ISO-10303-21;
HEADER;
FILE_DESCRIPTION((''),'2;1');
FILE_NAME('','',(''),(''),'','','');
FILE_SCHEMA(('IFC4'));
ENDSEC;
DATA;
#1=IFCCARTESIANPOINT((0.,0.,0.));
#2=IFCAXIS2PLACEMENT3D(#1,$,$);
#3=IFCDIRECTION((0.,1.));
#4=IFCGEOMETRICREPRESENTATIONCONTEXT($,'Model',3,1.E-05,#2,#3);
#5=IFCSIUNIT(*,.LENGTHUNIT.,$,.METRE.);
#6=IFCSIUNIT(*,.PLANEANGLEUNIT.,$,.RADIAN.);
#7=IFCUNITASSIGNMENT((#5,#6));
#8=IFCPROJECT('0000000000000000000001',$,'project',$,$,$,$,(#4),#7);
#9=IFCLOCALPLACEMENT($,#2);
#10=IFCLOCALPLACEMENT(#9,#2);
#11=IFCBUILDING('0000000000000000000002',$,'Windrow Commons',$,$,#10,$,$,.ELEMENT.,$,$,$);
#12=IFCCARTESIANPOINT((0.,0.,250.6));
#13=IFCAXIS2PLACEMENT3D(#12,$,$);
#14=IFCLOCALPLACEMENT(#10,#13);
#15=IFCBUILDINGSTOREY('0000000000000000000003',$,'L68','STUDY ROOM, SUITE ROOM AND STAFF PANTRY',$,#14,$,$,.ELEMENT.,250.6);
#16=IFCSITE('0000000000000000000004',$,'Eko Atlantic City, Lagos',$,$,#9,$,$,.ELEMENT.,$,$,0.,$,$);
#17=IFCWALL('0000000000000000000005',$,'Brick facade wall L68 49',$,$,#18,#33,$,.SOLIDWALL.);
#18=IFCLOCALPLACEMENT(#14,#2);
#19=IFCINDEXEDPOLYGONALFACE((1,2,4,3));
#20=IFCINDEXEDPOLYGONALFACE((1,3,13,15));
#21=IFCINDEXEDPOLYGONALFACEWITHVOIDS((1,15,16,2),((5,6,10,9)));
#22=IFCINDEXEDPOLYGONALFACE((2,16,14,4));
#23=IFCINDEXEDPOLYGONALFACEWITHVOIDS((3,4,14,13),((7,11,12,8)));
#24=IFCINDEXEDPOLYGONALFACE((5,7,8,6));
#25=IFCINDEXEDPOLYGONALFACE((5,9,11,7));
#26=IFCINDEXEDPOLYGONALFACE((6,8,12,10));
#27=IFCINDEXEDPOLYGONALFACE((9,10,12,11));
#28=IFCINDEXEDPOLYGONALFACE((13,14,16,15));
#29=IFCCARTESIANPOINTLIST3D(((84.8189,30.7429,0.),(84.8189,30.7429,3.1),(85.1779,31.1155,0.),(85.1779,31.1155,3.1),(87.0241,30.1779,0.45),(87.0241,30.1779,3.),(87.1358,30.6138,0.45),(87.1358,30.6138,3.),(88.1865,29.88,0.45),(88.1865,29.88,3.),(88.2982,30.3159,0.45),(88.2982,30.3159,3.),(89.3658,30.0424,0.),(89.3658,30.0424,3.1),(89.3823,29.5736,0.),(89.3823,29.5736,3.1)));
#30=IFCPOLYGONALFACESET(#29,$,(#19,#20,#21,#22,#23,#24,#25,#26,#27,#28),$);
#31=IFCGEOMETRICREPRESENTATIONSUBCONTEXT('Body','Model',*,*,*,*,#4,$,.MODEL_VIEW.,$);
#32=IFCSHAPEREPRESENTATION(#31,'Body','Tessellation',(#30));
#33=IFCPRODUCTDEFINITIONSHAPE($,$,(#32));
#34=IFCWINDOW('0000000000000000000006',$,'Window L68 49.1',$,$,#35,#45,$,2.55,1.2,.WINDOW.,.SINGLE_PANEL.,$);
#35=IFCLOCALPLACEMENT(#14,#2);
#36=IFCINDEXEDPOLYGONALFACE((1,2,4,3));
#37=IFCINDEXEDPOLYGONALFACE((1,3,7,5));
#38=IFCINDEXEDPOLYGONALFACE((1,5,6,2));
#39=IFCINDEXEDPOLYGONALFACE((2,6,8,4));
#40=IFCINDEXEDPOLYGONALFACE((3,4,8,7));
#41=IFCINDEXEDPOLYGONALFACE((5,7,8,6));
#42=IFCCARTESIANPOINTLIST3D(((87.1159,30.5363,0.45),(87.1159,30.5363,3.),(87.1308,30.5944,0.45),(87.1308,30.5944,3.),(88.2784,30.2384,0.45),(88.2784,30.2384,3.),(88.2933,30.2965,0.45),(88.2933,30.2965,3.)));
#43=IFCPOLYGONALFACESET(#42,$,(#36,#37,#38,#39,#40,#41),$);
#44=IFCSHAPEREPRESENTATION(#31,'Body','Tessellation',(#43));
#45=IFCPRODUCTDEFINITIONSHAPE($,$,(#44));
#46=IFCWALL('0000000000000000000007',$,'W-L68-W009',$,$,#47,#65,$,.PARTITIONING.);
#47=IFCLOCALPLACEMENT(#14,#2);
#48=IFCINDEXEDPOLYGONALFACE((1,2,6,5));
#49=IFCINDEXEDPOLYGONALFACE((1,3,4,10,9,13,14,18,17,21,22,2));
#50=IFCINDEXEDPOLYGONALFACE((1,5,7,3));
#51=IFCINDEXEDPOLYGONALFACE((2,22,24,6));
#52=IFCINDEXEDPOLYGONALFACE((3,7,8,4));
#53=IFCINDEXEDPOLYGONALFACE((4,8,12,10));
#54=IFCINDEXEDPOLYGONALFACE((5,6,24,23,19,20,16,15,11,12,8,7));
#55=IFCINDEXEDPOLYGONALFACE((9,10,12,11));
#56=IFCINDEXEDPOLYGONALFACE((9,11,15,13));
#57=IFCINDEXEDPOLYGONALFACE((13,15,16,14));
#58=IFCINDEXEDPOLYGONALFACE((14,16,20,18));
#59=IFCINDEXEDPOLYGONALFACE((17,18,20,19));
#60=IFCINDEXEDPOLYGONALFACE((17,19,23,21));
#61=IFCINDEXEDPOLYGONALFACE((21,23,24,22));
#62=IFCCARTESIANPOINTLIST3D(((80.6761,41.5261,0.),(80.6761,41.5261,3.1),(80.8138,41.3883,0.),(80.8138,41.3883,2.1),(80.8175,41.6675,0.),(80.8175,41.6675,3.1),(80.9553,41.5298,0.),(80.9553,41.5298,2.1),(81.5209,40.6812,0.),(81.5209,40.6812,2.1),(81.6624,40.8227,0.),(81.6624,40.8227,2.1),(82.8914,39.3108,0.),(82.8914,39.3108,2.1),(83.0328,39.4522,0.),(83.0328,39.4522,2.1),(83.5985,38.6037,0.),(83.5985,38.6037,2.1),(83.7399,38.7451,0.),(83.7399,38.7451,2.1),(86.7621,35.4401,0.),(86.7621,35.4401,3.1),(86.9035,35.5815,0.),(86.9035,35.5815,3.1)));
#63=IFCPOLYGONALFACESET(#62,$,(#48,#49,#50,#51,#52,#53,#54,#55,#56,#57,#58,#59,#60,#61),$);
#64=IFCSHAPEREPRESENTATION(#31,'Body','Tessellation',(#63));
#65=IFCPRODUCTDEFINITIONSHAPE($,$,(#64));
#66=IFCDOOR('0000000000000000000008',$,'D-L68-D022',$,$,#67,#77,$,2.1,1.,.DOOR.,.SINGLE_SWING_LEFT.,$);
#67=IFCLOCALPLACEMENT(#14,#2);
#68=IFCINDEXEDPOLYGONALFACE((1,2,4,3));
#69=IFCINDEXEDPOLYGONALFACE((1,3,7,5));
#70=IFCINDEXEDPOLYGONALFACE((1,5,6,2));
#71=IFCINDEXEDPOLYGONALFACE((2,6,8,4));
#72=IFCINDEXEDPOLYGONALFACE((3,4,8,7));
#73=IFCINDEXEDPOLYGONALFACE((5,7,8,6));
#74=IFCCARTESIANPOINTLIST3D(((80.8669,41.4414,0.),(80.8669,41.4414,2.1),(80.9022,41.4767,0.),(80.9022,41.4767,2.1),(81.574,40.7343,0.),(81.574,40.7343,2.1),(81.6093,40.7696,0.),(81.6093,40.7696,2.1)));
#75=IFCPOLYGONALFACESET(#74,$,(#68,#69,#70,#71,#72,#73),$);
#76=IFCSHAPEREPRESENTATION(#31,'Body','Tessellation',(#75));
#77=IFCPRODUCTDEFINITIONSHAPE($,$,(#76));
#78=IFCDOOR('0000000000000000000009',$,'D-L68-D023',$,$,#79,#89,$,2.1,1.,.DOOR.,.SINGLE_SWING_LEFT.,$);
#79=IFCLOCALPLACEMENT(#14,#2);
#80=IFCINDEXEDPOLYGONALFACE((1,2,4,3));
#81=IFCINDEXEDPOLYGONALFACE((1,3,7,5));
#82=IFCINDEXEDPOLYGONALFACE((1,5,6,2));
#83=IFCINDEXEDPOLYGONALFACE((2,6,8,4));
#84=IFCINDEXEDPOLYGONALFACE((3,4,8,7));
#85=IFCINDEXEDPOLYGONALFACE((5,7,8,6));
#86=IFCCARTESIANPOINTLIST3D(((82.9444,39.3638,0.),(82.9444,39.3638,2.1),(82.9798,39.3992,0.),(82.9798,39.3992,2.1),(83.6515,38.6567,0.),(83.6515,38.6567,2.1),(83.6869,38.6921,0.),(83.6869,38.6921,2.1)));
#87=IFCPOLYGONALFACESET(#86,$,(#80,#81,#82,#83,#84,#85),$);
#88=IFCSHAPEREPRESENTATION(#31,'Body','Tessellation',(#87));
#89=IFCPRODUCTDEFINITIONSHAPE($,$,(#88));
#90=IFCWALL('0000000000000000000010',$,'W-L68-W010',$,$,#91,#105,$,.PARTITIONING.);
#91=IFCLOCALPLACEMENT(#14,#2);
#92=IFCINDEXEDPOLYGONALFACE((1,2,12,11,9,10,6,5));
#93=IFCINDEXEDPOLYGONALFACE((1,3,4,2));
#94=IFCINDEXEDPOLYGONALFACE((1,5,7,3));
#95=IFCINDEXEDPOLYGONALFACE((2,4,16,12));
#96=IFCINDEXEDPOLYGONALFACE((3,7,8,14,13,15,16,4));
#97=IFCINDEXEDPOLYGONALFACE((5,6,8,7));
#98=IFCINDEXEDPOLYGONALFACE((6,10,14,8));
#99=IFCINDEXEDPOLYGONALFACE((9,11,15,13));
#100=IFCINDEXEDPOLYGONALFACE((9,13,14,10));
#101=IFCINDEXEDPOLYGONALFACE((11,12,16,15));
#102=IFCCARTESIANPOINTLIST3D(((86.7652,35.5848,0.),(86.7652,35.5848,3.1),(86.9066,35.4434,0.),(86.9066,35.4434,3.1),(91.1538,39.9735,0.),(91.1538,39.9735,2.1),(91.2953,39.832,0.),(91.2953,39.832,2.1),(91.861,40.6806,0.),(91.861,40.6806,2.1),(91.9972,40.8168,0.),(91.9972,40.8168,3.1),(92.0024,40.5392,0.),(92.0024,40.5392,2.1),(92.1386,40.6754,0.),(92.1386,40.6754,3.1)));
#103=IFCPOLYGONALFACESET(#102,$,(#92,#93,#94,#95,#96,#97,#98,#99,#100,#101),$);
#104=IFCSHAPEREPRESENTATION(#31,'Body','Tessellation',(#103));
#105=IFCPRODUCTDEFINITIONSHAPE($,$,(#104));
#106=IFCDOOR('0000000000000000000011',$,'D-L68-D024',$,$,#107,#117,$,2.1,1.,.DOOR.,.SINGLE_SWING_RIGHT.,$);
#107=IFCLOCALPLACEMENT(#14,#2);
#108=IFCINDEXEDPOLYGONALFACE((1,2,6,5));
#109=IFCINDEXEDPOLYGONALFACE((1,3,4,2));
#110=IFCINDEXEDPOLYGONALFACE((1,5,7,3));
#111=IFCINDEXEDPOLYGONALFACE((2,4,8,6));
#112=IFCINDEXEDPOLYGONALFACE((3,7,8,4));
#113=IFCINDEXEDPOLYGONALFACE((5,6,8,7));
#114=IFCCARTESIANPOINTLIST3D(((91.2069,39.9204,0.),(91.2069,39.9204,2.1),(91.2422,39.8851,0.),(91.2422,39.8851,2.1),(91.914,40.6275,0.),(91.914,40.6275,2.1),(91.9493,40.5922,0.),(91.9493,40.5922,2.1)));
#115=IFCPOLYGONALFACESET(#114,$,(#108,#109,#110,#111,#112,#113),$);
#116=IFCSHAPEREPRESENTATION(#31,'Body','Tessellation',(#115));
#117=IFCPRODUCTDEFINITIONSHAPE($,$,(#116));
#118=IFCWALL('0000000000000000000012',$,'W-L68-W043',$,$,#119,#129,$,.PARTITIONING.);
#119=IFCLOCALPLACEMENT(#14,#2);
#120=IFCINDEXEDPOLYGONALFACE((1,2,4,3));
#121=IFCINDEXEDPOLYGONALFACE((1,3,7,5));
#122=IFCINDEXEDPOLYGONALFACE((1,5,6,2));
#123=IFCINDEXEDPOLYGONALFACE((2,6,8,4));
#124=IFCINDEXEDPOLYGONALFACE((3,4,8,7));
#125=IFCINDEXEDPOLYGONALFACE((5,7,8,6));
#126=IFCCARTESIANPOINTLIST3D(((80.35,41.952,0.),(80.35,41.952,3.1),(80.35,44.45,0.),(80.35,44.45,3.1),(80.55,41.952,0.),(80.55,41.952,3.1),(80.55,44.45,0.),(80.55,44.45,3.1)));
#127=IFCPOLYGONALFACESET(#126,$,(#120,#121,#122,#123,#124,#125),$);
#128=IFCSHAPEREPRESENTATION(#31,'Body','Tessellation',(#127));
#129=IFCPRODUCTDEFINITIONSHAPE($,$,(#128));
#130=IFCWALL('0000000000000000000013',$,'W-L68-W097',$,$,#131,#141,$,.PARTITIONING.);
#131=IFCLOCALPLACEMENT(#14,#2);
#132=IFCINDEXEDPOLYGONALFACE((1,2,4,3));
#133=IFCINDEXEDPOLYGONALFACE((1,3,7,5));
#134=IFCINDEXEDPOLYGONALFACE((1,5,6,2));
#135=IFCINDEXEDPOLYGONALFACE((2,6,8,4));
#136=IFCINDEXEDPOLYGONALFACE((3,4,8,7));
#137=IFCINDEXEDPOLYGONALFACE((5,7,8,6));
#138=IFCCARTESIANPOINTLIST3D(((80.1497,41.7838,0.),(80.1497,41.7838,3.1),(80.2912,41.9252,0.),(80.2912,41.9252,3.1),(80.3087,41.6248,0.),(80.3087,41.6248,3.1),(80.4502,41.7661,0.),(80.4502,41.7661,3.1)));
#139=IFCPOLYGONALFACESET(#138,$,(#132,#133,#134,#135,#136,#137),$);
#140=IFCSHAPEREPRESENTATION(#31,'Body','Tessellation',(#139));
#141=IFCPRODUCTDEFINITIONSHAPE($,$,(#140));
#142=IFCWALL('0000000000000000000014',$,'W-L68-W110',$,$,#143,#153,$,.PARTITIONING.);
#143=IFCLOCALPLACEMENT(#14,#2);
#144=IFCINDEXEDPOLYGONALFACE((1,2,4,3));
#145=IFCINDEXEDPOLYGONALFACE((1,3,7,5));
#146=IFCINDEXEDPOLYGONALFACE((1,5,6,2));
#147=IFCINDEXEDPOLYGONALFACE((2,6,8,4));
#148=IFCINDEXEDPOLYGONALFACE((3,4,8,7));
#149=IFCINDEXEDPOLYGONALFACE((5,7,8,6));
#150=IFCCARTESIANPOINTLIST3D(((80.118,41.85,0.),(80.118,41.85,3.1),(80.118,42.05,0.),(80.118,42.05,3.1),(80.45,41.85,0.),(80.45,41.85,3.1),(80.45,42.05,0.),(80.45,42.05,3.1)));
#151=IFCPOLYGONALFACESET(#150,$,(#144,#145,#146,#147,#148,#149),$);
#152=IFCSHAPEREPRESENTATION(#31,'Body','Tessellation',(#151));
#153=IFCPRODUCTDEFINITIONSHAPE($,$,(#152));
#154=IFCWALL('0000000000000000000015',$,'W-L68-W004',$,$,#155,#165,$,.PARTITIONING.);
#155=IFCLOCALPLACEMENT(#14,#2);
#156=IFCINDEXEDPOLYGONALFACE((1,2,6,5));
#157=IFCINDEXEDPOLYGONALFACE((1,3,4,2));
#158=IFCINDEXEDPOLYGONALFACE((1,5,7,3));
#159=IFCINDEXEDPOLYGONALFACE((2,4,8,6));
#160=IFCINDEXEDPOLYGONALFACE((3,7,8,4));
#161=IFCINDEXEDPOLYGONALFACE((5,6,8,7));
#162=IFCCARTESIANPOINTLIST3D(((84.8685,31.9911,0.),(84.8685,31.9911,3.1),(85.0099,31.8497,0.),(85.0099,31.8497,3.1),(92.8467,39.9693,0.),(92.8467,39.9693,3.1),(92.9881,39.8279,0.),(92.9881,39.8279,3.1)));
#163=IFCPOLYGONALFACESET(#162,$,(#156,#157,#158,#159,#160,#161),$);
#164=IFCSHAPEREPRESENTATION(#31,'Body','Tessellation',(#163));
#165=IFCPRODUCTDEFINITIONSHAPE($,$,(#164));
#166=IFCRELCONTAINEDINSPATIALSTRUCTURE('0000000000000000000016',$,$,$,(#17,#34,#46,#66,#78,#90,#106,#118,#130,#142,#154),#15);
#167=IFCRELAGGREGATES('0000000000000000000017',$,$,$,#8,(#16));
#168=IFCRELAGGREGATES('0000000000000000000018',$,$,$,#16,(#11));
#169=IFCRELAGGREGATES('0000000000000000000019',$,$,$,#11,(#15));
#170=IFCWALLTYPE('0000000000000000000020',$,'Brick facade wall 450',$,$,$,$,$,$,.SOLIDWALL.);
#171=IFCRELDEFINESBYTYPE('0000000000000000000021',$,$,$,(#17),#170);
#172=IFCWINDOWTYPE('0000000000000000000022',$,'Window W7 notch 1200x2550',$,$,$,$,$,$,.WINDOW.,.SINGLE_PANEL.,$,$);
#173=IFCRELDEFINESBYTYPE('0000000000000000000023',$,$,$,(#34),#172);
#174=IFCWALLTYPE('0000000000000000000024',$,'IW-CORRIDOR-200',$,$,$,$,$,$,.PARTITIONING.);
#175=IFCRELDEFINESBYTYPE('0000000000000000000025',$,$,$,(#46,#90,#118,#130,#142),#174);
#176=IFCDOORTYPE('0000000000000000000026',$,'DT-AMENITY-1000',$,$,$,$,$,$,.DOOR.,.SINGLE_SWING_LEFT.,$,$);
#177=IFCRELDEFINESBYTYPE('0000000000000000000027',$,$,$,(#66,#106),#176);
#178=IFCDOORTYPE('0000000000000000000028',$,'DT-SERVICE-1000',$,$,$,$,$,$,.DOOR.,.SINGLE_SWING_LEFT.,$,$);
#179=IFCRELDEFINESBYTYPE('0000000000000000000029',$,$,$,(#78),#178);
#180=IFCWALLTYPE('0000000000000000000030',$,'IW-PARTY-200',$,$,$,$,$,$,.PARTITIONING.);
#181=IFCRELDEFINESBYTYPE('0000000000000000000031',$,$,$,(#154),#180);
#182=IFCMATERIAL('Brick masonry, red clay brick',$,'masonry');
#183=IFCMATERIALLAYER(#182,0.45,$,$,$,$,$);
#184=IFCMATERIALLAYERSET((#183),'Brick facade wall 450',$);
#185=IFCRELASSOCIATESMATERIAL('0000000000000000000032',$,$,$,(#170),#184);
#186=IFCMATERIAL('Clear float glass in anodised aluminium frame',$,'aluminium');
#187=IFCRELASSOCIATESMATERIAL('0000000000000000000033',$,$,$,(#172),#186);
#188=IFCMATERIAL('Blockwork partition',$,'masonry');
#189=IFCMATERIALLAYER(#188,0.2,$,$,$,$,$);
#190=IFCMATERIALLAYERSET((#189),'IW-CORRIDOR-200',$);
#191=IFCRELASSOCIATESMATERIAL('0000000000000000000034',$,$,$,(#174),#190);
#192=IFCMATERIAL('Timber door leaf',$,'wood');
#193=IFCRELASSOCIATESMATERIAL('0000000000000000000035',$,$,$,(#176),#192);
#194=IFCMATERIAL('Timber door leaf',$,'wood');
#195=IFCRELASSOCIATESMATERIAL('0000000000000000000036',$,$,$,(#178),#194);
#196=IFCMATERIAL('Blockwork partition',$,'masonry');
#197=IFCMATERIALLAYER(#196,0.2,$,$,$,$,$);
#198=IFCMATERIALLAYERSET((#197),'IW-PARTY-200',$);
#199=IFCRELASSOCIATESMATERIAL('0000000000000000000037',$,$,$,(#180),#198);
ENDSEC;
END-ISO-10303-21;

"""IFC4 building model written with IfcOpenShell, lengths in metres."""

from ifc_helpers import new_model, si_unit, direction, frame, frame_2d, origin, place, context, subcontext, project, spatial, polyline, rectangle, outline, extrude, material, layer, layer_set, type_object, element, fill, save


model = new_model("IFC4")

# Units and contexts
model_context = context("Model", 3, precision=1e-05, world=origin(), true_north=direction((0.0, 1.0)))
body_context = subcontext(model_context, "Body", "Model", "MODEL_VIEW")
ifc_project = project(units=[si_unit("LENGTHUNIT", "METRE"), si_unit("PLANEANGLEUNIT", "RADIAN")], contexts=[model_context])

# Site, building, storey
site_placement = place(None, origin())
site = spatial("IfcSite", under=ifc_project, at=site_placement, Name="Eko Atlantic City, Lagos", CompositionType="ELEMENT", RefElevation=0.0)
building_placement = place(site_placement, origin())
building = spatial("IfcBuilding", under=site, at=building_placement, Name="Windrow Commons", CompositionType="ELEMENT")
storey_placement = place(building_placement, frame((0.0, 0.0, 250.6)))
storey = spatial("IfcBuildingStorey", under=building, at=storey_placement, Name="L68", Description="STUDY ROOM, SUITE ROOM AND STAFF PANTRY", CompositionType="ELEMENT", Elevation=250.6)

# Shared definitions
ifc_material_1 = material(Name="Brick masonry, red clay brick", Category="masonry")
ifc_layer_1 = layer(ifc_material_1, 0.45)
ifc_layer_set_1 = layer_set([ifc_layer_1], Name="Brick facade wall 450")
wall_type_1 = type_object("IfcWallType", Name="Brick facade wall 450", PredefinedType="SOLIDWALL", material=ifc_layer_set_1)
ifc_material_2 = material(Name="Clear float glass in anodised aluminium frame", Category="aluminium")
window_type_1 = type_object("IfcWindowType", Name="Window W7 notch 1200x2550", PartitioningType="SINGLE_PANEL", PredefinedType="WINDOW", material=ifc_material_2)

# Wall, opening, window
wall_1_placement = place(storey_placement, frame((84.9984, 30.9292, 0.0), z_axis=(0.0, 0.0, 1.0), x_axis=(0.968704, -0.24822, 0.0)))
wall_1 = element("IfcWall", 1, at=wall_1_placement, inside=storey, type_object=wall_type_1, Name="Brick facade wall L68 49", PredefinedType="SOLIDWALL", context=body_context, shape_type="SweptSolid", body=[
    extrude(outline(polyline([(-0.1276, -0.225), (4.5832, -0.225), (4.4508, 0.225), (0.1276, 0.225), (-0.1276, -0.225)])), origin(), (0.0, 0.0, 1.0), 3.1),
])
opening_1_placement = place(wall_1_placement, frame((2.1488, 0.0, 0.45)))
opening_1 = element("IfcOpeningElement", 2, at=opening_1_placement, cuts=wall_1, PredefinedType="OPENING", context=body_context, shape_type="SweptSolid", body=[
    extrude(rectangle(XDim=1.2, YDim=2.55, at=frame_2d((0.6, 1.275))), frame((0.0, 0.235, 0.0), z_axis=(0.0, -1.0, 0.0), x_axis=(1.0, 0.0, 0.0)), (0.0, 0.0, 1.0), 0.47),
])
window_1_placement = place(opening_1_placement, origin())
window_1 = element("IfcWindow", 3, at=window_1_placement, inside=storey, type_object=window_type_1, Name="Window L68 49.1", OverallHeight=2.55, OverallWidth=1.2, PartitioningType="SINGLE_PANEL", PredefinedType="WINDOW", context=body_context, shape_type="SweptSolid", body=[
    extrude(rectangle(XDim=1.2, YDim=2.55, at=frame_2d((0.6, 1.275))), frame((0.0, 0.205, 0.0), z_axis=(0.0, -1.0, 0.0), x_axis=(1.0, 0.0, 0.0)), (0.0, 0.0, 1.0), 0.06),
])
fill(opening_1, window_1)

# Wall, openings, doors
ifc_material_3 = material(Name="Blockwork partition", Category="masonry")
ifc_layer_2 = layer(ifc_material_3, 0.2)
ifc_layer_set_2 = layer_set([ifc_layer_2], Name="IW-CORRIDOR-200")
wall_type_2 = type_object("IfcWallType", Name="IW-CORRIDOR-200", PredefinedType="PARTITIONING", material=ifc_layer_set_2)
wall_2_placement = place(storey_placement, frame((80.7468, 41.5968, 0.0), z_axis=(0.0, 0.0, 1.0), x_axis=(0.707107, -0.707107, 0.0)))
wall_2 = element("IfcWall", 4, at=wall_2_placement, inside=storey, type_object=wall_type_2, Name="W-L68-W009", PredefinedType="PARTITIONING", context=body_context, shape_type="SweptSolid", body=[
    extrude(rectangle(XDim=8.6069, YDim=0.2, at=frame_2d((4.3034, 0.0))), origin(), (0.0, 0.0, 1.0), 3.1),
])
opening_2_placement = place(wall_2_placement, frame((0.1948, 0.0, 0.0)))
opening_2 = element("IfcOpeningElement", 5, at=opening_2_placement, cuts=wall_2, PredefinedType="OPENING", context=body_context, shape_type="SweptSolid", body=[
    extrude(rectangle(XDim=1.0, YDim=2.1, at=frame_2d((0.5, 1.05))), frame((0.0, 0.11, 0.0), z_axis=(0.0, -1.0, 0.0), x_axis=(1.0, 0.0, 0.0)), (0.0, 0.0, 1.0), 0.22),
])
opening_3_placement = place(wall_2_placement, frame((3.1329, 0.0, 0.0)))
opening_3 = element("IfcOpeningElement", 6, at=opening_3_placement, cuts=wall_2, PredefinedType="OPENING", context=body_context, shape_type="SweptSolid", body=[
    extrude(rectangle(XDim=1.0, YDim=2.1, at=frame_2d((0.5, 1.05))), frame((0.0, 0.11, 0.0), z_axis=(0.0, -1.0, 0.0), x_axis=(1.0, 0.0, 0.0)), (0.0, 0.0, 1.0), 0.22),
])
ifc_material_4 = material(Name="Timber door leaf", Category="wood")
door_type_1 = type_object("IfcDoorType", Name="DT-AMENITY-1000", OperationType="SINGLE_SWING_LEFT", PredefinedType="DOOR", material=ifc_material_4)
door_1_placement = place(opening_2_placement, origin())
door_1 = element("IfcDoor", 7, at=door_1_placement, inside=storey, type_object=door_type_1, Name="D-L68-D022", OperationType="SINGLE_SWING_LEFT", OverallHeight=2.1, OverallWidth=1.0, PredefinedType="DOOR", context=body_context, shape_type="SweptSolid", body=[
    extrude(rectangle(XDim=1.0, YDim=2.1, at=frame_2d((0.5, 1.05))), frame((0.0, 0.025, 0.0), z_axis=(0.0, -1.0, 0.0), x_axis=(1.0, 0.0, 0.0)), (0.0, 0.0, 1.0), 0.05),
])
fill(opening_2, door_1)
ifc_material_5 = material(Name="Timber door leaf", Category="wood")
door_type_2 = type_object("IfcDoorType", Name="DT-SERVICE-1000", OperationType="SINGLE_SWING_LEFT", PredefinedType="DOOR", material=ifc_material_5)
door_2_placement = place(opening_3_placement, origin())
door_2 = element("IfcDoor", 8, at=door_2_placement, inside=storey, type_object=door_type_2, Name="D-L68-D023", OperationType="SINGLE_SWING_LEFT", OverallHeight=2.1, OverallWidth=1.0, PredefinedType="DOOR", context=body_context, shape_type="SweptSolid", body=[
    extrude(rectangle(XDim=1.0, YDim=2.1, at=frame_2d((0.5, 1.05))), frame((0.0, 0.025, 0.0), z_axis=(0.0, -1.0, 0.0), x_axis=(1.0, 0.0, 0.0)), (0.0, 0.0, 1.0), 0.05),
])
fill(opening_3, door_2)

# Wall, opening, door
wall_3_placement = place(storey_placement, frame((86.8359, 35.5141, 0.0), z_axis=(0.0, 0.0, 1.0), x_axis=(0.707107, 0.707107, 0.0)))
wall_3 = element("IfcWall", 9, at=wall_3_placement, inside=storey, type_object=wall_type_2, Name="W-L68-W010", PredefinedType="PARTITIONING", context=body_context, shape_type="SweptSolid", body=[
    extrude(rectangle(XDim=7.3992, YDim=0.2, at=frame_2d((3.6996, 0.0))), origin(), (0.0, 0.0, 1.0), 3.1),
])
opening_4_placement = place(wall_3_placement, frame((6.2065, 0.0, 0.0)))
opening_4 = element("IfcOpeningElement", 10, at=opening_4_placement, cuts=wall_3, PredefinedType="OPENING", context=body_context, shape_type="SweptSolid", body=[
    extrude(rectangle(XDim=1.0, YDim=2.1, at=frame_2d((0.5, 1.05))), frame((0.0, 0.11, 0.0), z_axis=(0.0, -1.0, 0.0), x_axis=(1.0, 0.0, 0.0)), (0.0, 0.0, 1.0), 0.22),
])
door_3_placement = place(opening_4_placement, origin())
door_3 = element("IfcDoor", 11, at=door_3_placement, inside=storey, type_object=door_type_1, Name="D-L68-D024", OperationType="SINGLE_SWING_RIGHT", OverallHeight=2.1, OverallWidth=1.0, PredefinedType="DOOR", context=body_context, shape_type="SweptSolid", body=[
    extrude(rectangle(XDim=1.0, YDim=2.1, at=frame_2d((0.5, 1.05))), frame((0.0, 0.025, 0.0), z_axis=(0.0, -1.0, 0.0), x_axis=(1.0, 0.0, 0.0)), (0.0, 0.0, 1.0), 0.05),
])
fill(opening_4, door_3)

# Walls
wall_4_placement = place(storey_placement, frame((80.45, 41.952, 0.0), z_axis=(0.0, 0.0, 1.0), x_axis=(0.0, 1.0, 0.0)))
element("IfcWall", 12, at=wall_4_placement, inside=storey, type_object=wall_type_2, Name="W-L68-W043", PredefinedType="PARTITIONING", context=body_context, shape_type="SweptSolid", body=[
    extrude(rectangle(XDim=2.498, YDim=0.2, at=frame_2d((1.249, 0.0))), origin(), (0.0, 0.0, 1.0), 3.1),
])
wall_5_placement = place(storey_placement, frame((80.2205, 41.8545, 0.0), z_axis=(0.0, 0.0, 1.0), x_axis=(0.706884, -0.707329, 0.0)))
element("IfcWall", 13, at=wall_5_placement, inside=storey, type_object=wall_type_2, Name="W-L68-W097", PredefinedType="PARTITIONING", context=body_context, shape_type="SweptSolid", body=[
    extrude(rectangle(XDim=0.2249, YDim=0.2, at=frame_2d((0.1124, 0.0))), origin(), (0.0, 0.0, 1.0), 3.1),
])
wall_6_placement = place(storey_placement, frame((80.118, 41.95, 0.0), z_axis=(0.0, 0.0, 1.0), x_axis=(1.0, 0.0, 0.0)))
element("IfcWall", 14, at=wall_6_placement, inside=storey, type_object=wall_type_2, Name="W-L68-W110", PredefinedType="PARTITIONING", context=body_context, shape_type="SweptSolid", body=[
    extrude(rectangle(XDim=0.332, YDim=0.2, at=frame_2d((0.166, 0.0))), origin(), (0.0, 0.0, 1.0), 3.1),
])
ifc_material_6 = material(Name="Blockwork partition", Category="masonry")
ifc_layer_3 = layer(ifc_material_6, 0.2)
ifc_layer_set_3 = layer_set([ifc_layer_3], Name="IW-PARTY-200")
wall_type_3 = type_object("IfcWallType", Name="IW-PARTY-200", PredefinedType="PARTITIONING", material=ifc_layer_set_3)
wall_7_placement = place(storey_placement, frame((84.9392, 31.9204, 0.0), z_axis=(0.0, 0.0, 1.0), x_axis=(0.707107, 0.707107, 0.0)))
element("IfcWall", 15, at=wall_7_placement, inside=storey, type_object=wall_type_3, Name="W-L68-W004", PredefinedType="PARTITIONING", context=body_context, shape_type="SweptSolid", body=[
    extrude(rectangle(XDim=11.2829, YDim=0.2, at=frame_2d((5.6414, 0.0))), origin(), (0.0, 0.0, 1.0), 3.1),
])

save(model, "model.ifc")
